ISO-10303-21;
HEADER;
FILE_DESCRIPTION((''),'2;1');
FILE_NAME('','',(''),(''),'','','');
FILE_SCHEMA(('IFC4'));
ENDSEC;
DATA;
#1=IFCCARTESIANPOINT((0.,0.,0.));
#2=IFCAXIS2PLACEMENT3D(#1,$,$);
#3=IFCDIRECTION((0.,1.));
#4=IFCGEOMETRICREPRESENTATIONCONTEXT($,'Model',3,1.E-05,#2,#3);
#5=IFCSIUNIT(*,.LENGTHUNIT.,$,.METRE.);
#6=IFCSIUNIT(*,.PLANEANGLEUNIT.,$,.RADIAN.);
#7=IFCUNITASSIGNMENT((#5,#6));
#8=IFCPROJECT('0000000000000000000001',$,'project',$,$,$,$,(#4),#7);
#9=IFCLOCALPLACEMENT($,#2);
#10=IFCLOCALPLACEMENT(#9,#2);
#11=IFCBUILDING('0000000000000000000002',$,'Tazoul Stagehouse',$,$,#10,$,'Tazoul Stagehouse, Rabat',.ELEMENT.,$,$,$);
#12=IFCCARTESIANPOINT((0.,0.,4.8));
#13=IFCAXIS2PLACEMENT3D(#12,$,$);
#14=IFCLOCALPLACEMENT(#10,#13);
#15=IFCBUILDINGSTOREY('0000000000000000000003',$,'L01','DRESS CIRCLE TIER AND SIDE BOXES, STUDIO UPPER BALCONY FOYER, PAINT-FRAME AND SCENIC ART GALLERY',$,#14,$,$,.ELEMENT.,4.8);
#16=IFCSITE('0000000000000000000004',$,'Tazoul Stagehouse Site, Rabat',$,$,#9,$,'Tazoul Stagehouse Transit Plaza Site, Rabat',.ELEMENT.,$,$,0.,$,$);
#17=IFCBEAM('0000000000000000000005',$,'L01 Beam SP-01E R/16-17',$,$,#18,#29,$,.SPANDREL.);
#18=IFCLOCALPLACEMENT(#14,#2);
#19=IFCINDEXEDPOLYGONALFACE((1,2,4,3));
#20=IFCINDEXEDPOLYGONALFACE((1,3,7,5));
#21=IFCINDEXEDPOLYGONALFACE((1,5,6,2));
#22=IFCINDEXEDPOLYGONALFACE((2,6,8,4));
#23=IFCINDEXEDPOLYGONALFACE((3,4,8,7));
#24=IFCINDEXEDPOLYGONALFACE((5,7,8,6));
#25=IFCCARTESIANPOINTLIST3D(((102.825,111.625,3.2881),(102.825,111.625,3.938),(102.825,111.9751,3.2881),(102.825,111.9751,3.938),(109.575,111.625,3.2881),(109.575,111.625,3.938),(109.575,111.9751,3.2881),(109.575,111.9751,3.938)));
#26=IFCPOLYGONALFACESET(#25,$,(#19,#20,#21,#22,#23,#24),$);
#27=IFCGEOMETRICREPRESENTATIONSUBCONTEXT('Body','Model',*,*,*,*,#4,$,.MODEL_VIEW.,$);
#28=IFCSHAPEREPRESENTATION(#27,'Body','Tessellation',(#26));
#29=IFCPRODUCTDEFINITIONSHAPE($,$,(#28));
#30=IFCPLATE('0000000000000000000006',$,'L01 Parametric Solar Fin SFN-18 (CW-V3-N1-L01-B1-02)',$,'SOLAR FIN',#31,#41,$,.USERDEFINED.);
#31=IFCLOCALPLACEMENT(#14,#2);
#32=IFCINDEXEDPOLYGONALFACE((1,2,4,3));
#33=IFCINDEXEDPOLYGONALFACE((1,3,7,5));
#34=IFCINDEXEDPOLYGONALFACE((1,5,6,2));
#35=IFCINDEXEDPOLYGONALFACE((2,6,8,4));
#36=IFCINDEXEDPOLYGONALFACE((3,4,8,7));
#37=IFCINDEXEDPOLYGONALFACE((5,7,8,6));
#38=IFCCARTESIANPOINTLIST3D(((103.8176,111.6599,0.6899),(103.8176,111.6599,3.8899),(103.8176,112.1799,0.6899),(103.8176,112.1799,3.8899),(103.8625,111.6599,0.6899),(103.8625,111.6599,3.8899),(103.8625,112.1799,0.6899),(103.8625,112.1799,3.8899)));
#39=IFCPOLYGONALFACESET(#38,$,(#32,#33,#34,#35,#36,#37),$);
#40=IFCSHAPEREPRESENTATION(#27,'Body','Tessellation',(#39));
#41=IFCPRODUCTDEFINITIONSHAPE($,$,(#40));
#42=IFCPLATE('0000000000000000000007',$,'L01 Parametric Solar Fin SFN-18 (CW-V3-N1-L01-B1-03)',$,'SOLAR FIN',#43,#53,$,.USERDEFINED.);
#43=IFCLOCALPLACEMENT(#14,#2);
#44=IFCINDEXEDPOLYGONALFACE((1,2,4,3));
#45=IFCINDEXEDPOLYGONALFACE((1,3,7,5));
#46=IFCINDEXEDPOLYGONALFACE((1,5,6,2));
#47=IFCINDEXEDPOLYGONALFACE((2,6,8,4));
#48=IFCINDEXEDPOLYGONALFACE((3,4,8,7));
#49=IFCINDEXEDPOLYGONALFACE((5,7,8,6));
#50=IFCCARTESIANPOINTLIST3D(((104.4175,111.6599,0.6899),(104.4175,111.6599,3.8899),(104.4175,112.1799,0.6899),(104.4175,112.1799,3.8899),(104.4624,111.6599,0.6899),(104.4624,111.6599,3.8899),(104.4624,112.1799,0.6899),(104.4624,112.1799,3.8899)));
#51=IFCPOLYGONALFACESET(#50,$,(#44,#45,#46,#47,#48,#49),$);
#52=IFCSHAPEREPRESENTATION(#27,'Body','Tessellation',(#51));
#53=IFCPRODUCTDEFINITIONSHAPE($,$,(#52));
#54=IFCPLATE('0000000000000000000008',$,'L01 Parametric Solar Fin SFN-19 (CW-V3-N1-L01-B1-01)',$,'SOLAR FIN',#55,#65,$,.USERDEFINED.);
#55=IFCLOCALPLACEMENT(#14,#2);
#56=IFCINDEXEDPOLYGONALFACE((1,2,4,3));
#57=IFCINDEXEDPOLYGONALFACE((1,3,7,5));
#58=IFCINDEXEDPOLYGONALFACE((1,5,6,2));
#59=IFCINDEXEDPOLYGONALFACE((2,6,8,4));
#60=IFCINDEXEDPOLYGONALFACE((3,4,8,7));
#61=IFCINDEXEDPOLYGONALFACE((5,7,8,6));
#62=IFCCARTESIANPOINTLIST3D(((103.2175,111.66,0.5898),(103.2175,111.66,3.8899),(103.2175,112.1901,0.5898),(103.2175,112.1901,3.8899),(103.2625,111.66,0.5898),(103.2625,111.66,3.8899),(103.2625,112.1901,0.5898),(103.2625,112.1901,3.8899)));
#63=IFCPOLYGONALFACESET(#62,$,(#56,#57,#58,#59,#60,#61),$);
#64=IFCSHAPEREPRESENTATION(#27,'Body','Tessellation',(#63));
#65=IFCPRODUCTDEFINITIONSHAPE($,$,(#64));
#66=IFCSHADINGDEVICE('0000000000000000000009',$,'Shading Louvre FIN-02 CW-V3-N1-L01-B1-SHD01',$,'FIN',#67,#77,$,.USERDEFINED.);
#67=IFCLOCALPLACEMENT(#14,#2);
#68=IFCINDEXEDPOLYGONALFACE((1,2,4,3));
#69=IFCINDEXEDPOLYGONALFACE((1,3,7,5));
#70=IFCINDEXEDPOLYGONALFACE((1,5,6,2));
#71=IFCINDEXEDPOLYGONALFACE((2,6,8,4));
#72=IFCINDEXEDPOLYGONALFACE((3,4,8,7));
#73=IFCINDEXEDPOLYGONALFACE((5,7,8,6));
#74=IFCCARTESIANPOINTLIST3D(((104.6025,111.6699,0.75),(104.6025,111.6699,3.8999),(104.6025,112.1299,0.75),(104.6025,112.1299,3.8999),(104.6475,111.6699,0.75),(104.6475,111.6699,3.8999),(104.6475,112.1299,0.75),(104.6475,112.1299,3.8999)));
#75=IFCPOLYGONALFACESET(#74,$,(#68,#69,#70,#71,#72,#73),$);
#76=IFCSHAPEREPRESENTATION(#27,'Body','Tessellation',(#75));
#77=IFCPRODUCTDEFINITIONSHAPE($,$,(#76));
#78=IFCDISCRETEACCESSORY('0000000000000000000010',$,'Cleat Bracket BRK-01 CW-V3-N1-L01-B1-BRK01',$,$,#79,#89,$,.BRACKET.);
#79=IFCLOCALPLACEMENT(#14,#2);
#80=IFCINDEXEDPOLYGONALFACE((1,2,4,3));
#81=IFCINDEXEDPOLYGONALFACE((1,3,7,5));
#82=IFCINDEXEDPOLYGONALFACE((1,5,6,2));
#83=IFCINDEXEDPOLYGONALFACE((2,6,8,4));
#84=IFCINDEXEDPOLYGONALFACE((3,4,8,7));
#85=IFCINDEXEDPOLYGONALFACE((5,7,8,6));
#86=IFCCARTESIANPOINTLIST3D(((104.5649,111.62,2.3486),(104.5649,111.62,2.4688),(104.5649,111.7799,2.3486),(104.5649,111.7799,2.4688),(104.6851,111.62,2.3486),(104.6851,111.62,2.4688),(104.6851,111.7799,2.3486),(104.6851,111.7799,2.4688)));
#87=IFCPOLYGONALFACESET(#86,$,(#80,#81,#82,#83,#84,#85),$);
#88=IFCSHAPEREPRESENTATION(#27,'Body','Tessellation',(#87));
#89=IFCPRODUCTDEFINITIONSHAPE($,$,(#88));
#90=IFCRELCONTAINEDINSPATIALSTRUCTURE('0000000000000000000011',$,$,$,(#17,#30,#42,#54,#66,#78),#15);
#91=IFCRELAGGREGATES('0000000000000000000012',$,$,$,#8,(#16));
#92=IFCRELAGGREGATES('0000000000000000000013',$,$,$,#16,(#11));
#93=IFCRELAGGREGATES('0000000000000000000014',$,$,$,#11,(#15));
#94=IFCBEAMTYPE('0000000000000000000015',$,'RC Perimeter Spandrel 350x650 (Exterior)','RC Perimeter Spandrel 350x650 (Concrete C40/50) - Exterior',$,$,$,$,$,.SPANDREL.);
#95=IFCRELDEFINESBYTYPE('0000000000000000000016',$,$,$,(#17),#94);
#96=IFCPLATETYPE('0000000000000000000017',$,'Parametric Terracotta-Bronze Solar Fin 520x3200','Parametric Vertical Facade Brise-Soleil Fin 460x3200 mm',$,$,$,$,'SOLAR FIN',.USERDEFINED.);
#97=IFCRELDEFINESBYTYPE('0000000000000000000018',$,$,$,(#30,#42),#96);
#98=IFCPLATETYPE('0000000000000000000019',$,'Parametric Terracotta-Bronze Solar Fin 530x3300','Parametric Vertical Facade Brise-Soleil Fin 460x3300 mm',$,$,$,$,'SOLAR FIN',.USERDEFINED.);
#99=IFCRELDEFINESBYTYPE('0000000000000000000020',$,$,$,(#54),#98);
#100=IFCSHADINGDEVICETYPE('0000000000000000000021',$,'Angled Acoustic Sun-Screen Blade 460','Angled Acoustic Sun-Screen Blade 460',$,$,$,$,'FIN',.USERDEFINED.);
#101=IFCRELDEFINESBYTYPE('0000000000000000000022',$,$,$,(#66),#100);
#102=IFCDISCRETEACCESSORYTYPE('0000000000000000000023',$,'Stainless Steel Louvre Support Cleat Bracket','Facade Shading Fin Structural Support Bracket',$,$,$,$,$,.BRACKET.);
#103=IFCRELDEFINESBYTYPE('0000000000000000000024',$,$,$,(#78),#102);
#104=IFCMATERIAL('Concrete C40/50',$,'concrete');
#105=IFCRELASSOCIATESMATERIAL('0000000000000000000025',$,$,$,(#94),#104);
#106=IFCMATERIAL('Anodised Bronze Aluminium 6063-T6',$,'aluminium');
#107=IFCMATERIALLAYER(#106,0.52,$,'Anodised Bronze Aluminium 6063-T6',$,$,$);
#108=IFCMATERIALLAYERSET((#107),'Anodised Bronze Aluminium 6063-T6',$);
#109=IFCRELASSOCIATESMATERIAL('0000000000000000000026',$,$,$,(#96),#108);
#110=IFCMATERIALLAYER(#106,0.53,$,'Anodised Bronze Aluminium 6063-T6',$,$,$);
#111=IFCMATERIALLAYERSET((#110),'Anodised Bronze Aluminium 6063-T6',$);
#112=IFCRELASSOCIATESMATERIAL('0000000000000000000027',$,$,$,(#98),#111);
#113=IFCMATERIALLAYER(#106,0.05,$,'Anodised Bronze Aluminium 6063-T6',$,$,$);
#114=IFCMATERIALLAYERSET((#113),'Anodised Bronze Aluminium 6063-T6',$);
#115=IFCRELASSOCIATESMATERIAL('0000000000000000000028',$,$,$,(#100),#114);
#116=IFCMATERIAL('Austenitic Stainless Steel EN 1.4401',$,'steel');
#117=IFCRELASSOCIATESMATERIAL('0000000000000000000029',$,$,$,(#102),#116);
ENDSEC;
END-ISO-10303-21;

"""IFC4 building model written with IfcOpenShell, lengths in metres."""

from ifc_helpers import new_model, si_unit, direction, frame, origin, origin_2d, place, context, subcontext, project, spatial, rectangle, extrude, material, layer, layer_set, material_profile, profile_set, type_object, element, save


model = new_model("IFC4")

# Units and contexts
model_context = context("Model", 3, precision=1e-05, world=origin(), true_north=direction((0.0, 1.0)))
body_context = subcontext(model_context, "Body", "Model", "MODEL_VIEW")
ifc_project = project(units=[si_unit("LENGTHUNIT", "METRE"), si_unit("PLANEANGLEUNIT", "RADIAN")], contexts=[model_context])

# Shared definitions
ifc_material_1 = material(Name="Anodised Bronze Aluminium 6063-T6", Category="aluminium")
site_placement = place(None, origin())
building_placement = place(site_placement, origin())
storey_placement = place(building_placement, frame((0.0, 0.0, 4.8)))

# Site, building, storey
site = spatial("IfcSite", under=ifc_project, at=site_placement, Name="Tazoul Stagehouse Site, Rabat", LongName="Tazoul Stagehouse Transit Plaza Site, Rabat", CompositionType="ELEMENT", RefElevation=0.0)
building = spatial("IfcBuilding", under=site, at=building_placement, Name="Tazoul Stagehouse", LongName="Tazoul Stagehouse, Rabat", CompositionType="ELEMENT")
storey = spatial("IfcBuildingStorey", under=building, at=storey_placement, Name="L01", Description="DRESS CIRCLE TIER AND SIDE BOXES, STUDIO UPPER BALCONY FOYER, PAINT-FRAME AND SCENIC ART GALLERY", CompositionType="ELEMENT", Elevation=4.8)

# Beam
ifc_material_2 = material(Name="Concrete C40/50", Category="concrete")
ifc_material_profile_1 = material_profile(ifc_material_2, rectangle(XDim=0.3501, YDim=0.6499, at=origin_2d()), Name="RC 350x650")
ifc_profile_set_1 = profile_set([ifc_material_profile_1], Name="Concrete C40/50")
beam_type = type_object("IfcBeamType", Name="RC Perimeter Spandrel 350x650 (Exterior)", Description="RC Perimeter Spandrel 350x650 (Concrete C40/50) - Exterior", PredefinedType="SPANDREL", material=ifc_profile_set_1)
beam_placement = place(storey_placement, frame((102.825, 111.8, 3.613), z_axis=(1.0, 0.0, 0.0), x_axis=(0.0, 1.0, 0.0)))
element("IfcBeam", 1, at=beam_placement, inside=storey, type_object=beam_type, Name="L01 Beam SP-01E R/16-17", PredefinedType="SPANDREL", context=body_context, shape_type="SweptSolid", body=[
    extrude(rectangle(XDim=0.3501, YDim=0.6499, at=origin_2d()), origin(), (0.0, 0.0, 1.0), 6.75),
])

# Plates
ifc_layer_1 = layer(ifc_material_1, 0.52, Name="Anodised Bronze Aluminium 6063-T6")
ifc_layer_set_1 = layer_set([ifc_layer_1], Name="Anodised Bronze Aluminium 6063-T6")
plate_type_1 = type_object("IfcPlateType", Name="Parametric Terracotta-Bronze Solar Fin 520x3200", Description="Parametric Vertical Facade Brise-Soleil Fin 460x3200 mm", ElementType="SOLAR FIN", PredefinedType="USERDEFINED", material=ifc_layer_set_1)
for number, where, z_axis, x_axis, name in (
    (2, (103.8401, 111.9199, 0.6899), (0.0, 0.0, 1.0), (1.0, 0.0, 0.0), "L01 Parametric Solar Fin SFN-18 (CW-V3-N1-L01-B1-02)"),
    (3, (104.4399, 111.9199, 0.6899), (0.0, 0.0, 1.0), (1.0, 0.0, 0.0), "L01 Parametric Solar Fin SFN-18 (CW-V3-N1-L01-B1-03)"),
):
    element("IfcPlate", number, at=place(storey_placement, frame(where, z_axis=z_axis, x_axis=x_axis)), inside=storey, type_object=plate_type_1, Name=name, ObjectType="SOLAR FIN", PredefinedType="USERDEFINED", context=body_context, shape_type="SweptSolid", body=[
        extrude(rectangle(XDim=0.0449, YDim=0.52, at=origin_2d()), origin(), (0.0, 0.0, 1.0), 3.2),
    ])
ifc_layer_2 = layer(ifc_material_1, 0.53, Name="Anodised Bronze Aluminium 6063-T6")
ifc_layer_set_2 = layer_set([ifc_layer_2], Name="Anodised Bronze Aluminium 6063-T6")
plate_type_2 = type_object("IfcPlateType", Name="Parametric Terracotta-Bronze Solar Fin 530x3300", Description="Parametric Vertical Facade Brise-Soleil Fin 460x3300 mm", ElementType="SOLAR FIN", PredefinedType="USERDEFINED", material=ifc_layer_set_2)
plate_1_placement = place(storey_placement, frame((103.24, 111.925, 0.5898), z_axis=(0.0, 0.0, 1.0), x_axis=(1.0, 0.0, 0.0)))
element("IfcPlate", 4, at=plate_1_placement, inside=storey, type_object=plate_type_2, Name="L01 Parametric Solar Fin SFN-19 (CW-V3-N1-L01-B1-01)", ObjectType="SOLAR FIN", PredefinedType="USERDEFINED", context=body_context, shape_type="SweptSolid", body=[
    extrude(rectangle(XDim=0.0449, YDim=0.53, at=origin_2d()), origin(), (0.0, 0.0, 1.0), 3.3),
])

# Shading device
ifc_layer_3 = layer(ifc_material_1, 0.05, Name="Anodised Bronze Aluminium 6063-T6")
ifc_layer_set_3 = layer_set([ifc_layer_3], Name="Anodised Bronze Aluminium 6063-T6")
shading_device_type = type_object("IfcShadingDeviceType", Name="Angled Acoustic Sun-Screen Blade 460", Description="Angled Acoustic Sun-Screen Blade 460", ElementType="FIN", PredefinedType="USERDEFINED", material=ifc_layer_set_3)
shading_device_placement = place(storey_placement, frame((104.625, 111.8999, 0.75), z_axis=(0.0, 0.0, 1.0), x_axis=(1.0, 0.0, 0.0)))
element("IfcShadingDevice", 5, at=shading_device_placement, inside=storey, type_object=shading_device_type, Name="Shading Louvre FIN-02 CW-V3-N1-L01-B1-SHD01", ObjectType="FIN", PredefinedType="USERDEFINED", context=body_context, shape_type="SweptSolid", body=[
    extrude(rectangle(XDim=0.0449, YDim=0.46, at=origin_2d()), origin(), (0.0, 0.0, 1.0), 3.1499),
])

# Discrete accessory
ifc_material_3 = material(Name="Austenitic Stainless Steel EN 1.4401", Category="steel")
discrete_accessory_type = type_object("IfcDiscreteAccessoryType", Name="Stainless Steel Louvre Support Cleat Bracket", Description="Facade Shading Fin Structural Support Bracket", PredefinedType="BRACKET", material=ifc_material_3)
discrete_accessory_placement = place(storey_placement, frame((104.625, 111.7, 2.3486), z_axis=(0.0, 0.0, 1.0), x_axis=(1.0, 0.0, 0.0)))
element("IfcDiscreteAccessory", 6, at=discrete_accessory_placement, inside=storey, type_object=discrete_accessory_type, Name="Cleat Bracket BRK-01 CW-V3-N1-L01-B1-BRK01", PredefinedType="BRACKET", context=body_context, shape_type="SweptSolid", body=[
    extrude(rectangle(XDim=0.1201, YDim=0.1599, at=origin_2d()), origin(), (0.0, 0.0, 1.0), 0.1201),
])

save(model, "model.ifc")
